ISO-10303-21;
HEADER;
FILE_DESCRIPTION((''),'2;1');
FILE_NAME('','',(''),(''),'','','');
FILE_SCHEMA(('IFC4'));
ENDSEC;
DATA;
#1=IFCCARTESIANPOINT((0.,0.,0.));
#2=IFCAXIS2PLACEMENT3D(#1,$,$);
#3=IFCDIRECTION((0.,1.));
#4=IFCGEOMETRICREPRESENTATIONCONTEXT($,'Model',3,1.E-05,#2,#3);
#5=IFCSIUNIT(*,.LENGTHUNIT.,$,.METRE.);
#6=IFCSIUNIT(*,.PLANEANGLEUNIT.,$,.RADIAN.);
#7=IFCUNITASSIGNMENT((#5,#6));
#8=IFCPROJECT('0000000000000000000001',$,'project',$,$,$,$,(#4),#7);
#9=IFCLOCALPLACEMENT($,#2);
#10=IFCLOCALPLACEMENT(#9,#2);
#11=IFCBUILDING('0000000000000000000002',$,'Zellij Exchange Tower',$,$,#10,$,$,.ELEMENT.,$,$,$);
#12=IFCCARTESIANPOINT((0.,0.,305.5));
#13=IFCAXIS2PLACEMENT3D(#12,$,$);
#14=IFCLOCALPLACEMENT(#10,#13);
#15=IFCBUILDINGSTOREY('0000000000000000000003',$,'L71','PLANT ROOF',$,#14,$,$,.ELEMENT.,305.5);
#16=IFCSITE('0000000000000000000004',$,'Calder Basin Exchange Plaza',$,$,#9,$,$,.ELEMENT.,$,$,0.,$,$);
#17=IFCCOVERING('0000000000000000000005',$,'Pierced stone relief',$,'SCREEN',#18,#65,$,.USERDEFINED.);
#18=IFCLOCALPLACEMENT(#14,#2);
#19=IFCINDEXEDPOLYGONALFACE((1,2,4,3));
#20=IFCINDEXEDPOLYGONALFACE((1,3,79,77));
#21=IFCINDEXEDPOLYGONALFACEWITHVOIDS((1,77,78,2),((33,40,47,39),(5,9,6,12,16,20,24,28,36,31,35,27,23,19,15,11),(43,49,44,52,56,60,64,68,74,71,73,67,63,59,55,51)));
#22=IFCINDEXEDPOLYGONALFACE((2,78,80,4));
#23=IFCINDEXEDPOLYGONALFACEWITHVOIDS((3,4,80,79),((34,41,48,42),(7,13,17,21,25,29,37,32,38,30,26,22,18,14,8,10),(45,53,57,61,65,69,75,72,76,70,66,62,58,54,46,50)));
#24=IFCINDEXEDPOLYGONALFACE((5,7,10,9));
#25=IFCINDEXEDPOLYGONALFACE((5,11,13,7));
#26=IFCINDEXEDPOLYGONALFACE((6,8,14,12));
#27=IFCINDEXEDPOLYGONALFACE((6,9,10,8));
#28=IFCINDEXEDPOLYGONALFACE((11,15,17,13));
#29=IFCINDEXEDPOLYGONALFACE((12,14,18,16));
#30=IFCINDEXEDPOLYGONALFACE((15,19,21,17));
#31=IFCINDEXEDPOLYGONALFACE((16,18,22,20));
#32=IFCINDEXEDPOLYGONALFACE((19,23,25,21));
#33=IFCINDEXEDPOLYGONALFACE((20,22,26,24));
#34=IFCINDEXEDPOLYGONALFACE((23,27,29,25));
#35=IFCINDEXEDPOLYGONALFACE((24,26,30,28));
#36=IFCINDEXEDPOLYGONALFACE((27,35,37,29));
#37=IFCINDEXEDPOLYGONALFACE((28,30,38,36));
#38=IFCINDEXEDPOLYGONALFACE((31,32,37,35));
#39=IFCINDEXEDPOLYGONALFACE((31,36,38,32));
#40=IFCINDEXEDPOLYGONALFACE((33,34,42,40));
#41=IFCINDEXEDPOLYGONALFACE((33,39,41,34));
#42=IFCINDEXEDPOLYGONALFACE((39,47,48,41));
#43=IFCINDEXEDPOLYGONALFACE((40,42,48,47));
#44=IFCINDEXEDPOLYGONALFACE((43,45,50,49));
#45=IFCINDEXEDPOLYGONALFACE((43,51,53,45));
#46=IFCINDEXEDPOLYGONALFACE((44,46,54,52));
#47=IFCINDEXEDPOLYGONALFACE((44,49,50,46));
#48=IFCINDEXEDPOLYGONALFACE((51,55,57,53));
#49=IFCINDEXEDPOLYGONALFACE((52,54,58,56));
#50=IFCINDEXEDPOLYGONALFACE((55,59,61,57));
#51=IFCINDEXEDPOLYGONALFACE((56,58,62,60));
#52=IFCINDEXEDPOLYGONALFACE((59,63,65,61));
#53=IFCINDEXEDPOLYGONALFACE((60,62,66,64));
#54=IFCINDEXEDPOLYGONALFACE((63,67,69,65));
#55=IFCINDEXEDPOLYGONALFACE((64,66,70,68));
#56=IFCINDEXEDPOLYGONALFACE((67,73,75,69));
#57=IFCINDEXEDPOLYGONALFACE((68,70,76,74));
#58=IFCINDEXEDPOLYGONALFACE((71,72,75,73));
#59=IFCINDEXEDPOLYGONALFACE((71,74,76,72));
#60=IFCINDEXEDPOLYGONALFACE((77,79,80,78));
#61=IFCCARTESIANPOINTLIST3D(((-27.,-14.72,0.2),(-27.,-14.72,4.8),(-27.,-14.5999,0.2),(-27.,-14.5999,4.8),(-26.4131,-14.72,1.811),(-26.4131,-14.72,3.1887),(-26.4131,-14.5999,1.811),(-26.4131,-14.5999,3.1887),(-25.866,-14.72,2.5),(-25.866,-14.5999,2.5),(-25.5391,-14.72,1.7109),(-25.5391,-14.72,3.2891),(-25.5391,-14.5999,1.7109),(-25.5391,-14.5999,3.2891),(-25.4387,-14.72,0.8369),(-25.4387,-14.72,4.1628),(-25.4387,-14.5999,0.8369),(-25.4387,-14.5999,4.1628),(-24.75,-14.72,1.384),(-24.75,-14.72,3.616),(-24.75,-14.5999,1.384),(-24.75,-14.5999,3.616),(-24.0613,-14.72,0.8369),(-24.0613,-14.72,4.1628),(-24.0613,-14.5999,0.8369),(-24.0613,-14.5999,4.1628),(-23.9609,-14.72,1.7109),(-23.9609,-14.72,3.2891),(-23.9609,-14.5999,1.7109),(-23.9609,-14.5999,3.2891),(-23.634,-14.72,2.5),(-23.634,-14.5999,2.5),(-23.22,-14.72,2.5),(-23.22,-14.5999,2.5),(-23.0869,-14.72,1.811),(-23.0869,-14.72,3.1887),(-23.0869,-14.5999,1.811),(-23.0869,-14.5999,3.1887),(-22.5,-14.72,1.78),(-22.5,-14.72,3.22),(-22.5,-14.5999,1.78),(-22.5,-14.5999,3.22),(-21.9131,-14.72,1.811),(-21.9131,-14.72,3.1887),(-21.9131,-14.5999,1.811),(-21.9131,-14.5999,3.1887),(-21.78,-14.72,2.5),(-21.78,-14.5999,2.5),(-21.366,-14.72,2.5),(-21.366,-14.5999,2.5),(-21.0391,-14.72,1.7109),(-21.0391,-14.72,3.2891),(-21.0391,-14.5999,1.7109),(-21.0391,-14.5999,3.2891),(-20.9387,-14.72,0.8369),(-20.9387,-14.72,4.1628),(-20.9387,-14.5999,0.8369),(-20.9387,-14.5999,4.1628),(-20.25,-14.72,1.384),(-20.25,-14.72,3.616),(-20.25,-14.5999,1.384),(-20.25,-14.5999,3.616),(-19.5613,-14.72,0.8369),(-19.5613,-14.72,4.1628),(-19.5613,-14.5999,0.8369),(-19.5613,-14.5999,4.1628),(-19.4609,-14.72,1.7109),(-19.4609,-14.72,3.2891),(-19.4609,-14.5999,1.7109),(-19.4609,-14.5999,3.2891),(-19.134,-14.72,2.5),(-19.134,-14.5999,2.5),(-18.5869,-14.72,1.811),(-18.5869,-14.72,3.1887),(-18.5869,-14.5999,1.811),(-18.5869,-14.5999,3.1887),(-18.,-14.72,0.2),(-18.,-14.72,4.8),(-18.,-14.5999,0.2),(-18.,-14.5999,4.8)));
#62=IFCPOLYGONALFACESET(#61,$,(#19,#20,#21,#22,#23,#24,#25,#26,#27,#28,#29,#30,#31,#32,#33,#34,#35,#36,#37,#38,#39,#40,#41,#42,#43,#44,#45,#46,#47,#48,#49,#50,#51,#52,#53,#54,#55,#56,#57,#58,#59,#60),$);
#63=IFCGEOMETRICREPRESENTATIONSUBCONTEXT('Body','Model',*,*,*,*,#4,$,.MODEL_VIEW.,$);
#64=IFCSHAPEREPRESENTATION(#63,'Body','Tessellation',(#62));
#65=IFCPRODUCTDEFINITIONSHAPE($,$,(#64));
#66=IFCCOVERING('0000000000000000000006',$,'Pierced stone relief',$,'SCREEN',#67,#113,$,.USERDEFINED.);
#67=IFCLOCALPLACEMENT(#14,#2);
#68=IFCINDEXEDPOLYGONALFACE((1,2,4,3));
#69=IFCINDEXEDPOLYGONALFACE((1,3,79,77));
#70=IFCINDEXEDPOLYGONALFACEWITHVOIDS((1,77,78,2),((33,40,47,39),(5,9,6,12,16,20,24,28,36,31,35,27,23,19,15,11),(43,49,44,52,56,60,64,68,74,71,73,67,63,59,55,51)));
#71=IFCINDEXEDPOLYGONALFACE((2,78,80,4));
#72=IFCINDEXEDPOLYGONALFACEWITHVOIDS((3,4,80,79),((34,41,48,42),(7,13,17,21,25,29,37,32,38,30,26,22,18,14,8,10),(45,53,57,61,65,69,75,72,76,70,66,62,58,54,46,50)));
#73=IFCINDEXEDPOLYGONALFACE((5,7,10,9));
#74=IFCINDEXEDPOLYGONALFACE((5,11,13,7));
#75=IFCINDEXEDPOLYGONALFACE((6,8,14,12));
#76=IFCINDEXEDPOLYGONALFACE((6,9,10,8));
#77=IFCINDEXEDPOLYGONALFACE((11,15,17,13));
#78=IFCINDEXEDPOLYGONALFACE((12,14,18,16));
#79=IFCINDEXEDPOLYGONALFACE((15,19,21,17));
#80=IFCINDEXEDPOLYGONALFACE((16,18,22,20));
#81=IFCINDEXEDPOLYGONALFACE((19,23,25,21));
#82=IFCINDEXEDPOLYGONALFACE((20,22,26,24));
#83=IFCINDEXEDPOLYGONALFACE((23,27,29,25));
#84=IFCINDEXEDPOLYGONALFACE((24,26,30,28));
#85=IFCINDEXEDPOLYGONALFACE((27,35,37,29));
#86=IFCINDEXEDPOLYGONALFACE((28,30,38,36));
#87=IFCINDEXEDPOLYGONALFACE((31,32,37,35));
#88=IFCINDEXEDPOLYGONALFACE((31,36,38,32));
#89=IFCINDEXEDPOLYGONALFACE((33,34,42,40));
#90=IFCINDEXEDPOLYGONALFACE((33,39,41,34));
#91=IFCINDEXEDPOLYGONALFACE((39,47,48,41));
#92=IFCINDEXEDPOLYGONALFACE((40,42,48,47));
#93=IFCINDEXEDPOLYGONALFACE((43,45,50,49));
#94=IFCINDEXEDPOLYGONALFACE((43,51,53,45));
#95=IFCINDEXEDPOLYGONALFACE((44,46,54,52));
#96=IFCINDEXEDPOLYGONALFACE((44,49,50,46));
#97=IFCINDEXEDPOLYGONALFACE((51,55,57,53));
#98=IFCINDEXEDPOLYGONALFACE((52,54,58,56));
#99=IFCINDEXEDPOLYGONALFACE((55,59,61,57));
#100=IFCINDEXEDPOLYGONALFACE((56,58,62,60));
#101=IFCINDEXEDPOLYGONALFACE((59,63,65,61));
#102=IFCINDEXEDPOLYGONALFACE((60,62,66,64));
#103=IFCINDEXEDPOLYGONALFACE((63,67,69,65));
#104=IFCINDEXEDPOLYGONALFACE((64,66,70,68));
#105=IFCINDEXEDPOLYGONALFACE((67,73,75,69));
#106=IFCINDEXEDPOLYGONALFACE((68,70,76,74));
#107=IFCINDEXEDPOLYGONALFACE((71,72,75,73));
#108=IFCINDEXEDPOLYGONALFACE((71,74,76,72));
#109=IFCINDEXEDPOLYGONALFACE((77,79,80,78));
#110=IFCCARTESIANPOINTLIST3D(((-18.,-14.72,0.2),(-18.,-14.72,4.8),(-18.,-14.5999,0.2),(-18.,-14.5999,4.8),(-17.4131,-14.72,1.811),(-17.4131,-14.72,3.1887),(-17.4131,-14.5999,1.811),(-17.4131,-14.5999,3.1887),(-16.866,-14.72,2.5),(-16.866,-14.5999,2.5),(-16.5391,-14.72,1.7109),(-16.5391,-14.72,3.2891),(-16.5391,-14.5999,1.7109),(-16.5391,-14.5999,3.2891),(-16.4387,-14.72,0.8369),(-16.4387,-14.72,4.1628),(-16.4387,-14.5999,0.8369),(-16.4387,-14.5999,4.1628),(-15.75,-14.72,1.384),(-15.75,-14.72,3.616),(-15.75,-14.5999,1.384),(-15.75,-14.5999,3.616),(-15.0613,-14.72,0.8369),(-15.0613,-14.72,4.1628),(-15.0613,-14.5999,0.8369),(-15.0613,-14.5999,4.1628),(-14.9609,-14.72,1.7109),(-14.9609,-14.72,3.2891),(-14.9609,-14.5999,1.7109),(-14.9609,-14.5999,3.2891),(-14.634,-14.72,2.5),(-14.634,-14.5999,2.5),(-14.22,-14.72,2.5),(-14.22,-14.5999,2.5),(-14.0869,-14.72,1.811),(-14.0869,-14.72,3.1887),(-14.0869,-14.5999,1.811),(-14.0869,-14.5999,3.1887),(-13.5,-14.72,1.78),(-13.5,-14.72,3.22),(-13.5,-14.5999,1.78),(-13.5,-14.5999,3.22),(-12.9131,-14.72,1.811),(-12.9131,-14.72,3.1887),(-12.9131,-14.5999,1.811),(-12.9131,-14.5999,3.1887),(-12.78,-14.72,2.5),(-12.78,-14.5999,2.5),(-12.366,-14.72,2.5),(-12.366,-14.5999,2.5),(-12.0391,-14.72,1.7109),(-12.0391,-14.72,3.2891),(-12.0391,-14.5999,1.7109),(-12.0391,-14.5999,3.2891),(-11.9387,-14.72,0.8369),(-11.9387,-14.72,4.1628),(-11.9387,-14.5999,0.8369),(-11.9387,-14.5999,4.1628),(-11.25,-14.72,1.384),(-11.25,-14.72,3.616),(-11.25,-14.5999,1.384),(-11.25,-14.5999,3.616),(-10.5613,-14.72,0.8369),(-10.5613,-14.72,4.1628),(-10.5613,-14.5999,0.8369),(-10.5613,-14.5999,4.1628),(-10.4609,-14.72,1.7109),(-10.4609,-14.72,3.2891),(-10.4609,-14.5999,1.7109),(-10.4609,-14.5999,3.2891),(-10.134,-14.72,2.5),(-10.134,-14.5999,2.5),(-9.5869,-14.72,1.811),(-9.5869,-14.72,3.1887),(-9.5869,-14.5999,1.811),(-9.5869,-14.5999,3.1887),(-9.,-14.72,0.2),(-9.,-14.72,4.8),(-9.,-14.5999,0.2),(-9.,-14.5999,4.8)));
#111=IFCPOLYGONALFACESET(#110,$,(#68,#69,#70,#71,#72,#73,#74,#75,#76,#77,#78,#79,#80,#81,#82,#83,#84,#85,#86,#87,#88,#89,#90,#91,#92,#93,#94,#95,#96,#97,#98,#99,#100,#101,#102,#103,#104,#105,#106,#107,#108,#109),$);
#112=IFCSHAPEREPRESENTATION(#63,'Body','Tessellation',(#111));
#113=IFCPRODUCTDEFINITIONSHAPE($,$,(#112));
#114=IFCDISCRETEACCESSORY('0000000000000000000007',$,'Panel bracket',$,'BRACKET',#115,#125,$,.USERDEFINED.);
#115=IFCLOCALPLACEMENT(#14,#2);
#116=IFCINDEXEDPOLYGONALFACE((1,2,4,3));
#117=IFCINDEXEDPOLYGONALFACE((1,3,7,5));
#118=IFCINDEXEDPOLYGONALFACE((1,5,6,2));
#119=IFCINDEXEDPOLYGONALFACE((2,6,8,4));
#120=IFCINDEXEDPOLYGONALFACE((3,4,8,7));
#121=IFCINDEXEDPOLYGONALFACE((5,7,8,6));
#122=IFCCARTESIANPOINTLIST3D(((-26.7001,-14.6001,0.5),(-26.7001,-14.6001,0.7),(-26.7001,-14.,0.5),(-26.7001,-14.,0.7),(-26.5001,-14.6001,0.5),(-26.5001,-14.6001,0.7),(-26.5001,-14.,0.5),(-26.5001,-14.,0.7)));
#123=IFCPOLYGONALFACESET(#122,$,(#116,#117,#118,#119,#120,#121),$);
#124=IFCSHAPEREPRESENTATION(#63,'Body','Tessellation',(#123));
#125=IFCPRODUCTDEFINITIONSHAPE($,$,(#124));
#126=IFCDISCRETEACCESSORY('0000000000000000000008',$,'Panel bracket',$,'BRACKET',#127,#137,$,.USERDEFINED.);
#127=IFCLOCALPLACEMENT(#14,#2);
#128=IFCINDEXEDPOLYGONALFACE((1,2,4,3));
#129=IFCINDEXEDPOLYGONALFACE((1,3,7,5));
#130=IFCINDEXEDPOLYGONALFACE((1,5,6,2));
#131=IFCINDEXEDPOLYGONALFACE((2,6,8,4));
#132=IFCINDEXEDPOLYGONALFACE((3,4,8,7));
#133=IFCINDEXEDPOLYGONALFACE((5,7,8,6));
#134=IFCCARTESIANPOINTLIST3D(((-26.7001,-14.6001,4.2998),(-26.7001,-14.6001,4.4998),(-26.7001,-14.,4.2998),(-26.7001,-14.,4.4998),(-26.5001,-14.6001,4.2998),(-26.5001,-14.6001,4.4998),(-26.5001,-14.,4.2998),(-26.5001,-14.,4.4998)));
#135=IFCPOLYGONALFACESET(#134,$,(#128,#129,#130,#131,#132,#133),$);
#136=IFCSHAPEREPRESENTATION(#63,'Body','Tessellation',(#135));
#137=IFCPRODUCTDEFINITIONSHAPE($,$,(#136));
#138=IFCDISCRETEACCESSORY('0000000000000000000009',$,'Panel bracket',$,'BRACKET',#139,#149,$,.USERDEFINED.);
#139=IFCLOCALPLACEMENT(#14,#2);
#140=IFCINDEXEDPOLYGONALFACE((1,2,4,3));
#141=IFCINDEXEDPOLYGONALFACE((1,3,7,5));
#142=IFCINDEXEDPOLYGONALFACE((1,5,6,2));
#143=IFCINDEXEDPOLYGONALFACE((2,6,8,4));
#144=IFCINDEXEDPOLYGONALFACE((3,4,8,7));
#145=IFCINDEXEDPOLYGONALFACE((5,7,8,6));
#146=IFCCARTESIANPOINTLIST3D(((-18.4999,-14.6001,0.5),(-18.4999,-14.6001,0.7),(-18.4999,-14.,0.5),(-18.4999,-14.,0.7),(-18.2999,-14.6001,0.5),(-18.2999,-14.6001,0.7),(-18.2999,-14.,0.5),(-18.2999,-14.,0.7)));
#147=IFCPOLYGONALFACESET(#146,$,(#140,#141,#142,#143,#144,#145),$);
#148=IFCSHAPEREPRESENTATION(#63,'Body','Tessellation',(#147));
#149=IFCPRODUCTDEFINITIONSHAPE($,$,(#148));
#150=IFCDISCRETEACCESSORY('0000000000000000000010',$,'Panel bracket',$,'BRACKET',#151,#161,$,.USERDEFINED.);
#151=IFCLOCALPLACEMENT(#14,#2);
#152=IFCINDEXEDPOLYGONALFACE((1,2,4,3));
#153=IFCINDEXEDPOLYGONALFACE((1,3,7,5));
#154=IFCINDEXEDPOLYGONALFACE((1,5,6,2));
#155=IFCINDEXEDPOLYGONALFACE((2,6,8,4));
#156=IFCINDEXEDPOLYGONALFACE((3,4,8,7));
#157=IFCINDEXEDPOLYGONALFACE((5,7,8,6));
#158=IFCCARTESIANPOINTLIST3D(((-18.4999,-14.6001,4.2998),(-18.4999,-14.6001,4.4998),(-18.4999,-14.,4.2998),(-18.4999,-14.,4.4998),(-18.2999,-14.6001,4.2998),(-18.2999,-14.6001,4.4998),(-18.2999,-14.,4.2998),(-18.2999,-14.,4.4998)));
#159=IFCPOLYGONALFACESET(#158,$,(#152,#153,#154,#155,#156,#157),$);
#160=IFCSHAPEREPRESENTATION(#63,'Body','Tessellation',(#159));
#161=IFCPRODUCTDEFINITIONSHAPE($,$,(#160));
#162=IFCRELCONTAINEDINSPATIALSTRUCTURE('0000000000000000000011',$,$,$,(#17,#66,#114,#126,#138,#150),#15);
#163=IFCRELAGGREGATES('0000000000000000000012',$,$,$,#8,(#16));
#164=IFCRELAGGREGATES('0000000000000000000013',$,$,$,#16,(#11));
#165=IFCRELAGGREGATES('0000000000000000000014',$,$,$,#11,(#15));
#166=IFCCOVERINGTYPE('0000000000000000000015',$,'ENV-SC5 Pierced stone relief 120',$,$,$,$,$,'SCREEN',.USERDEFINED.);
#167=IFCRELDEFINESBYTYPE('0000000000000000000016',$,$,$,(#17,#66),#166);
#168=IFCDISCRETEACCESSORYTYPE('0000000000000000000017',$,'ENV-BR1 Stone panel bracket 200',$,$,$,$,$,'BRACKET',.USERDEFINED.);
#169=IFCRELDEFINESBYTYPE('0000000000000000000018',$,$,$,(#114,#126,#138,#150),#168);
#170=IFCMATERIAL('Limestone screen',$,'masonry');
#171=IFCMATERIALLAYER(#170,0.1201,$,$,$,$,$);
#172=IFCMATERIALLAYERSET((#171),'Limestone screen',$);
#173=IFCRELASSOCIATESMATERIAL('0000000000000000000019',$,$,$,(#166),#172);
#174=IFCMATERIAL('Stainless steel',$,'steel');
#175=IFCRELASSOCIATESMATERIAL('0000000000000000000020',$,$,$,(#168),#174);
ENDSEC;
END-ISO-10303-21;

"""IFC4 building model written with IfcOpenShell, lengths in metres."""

from ifc_helpers import new_model, si_unit, direction, frame, origin, origin_2d, place, context, subcontext, project, spatial, polyline, rectangle, outline, extrude, material, layer, layer_set, type_object, element, save


model = new_model("IFC4")

# Units and contexts
model_context = context("Model", 3, precision=1e-05, world=origin(), true_north=direction((0.0, 1.0)))
body_context = subcontext(model_context, "Body", "Model", "MODEL_VIEW")
ifc_project = project(units=[si_unit("LENGTHUNIT", "METRE"), si_unit("PLANEANGLEUNIT", "RADIAN")], contexts=[model_context])

# Site, building, storey
site_placement = place(None, origin())
site = spatial("IfcSite", under=ifc_project, at=site_placement, Name="Calder Basin Exchange Plaza", CompositionType="ELEMENT", RefElevation=0.0)
building_placement = place(site_placement, origin())
building = spatial("IfcBuilding", under=site, at=building_placement, Name="Zellij Exchange Tower", CompositionType="ELEMENT")
storey_placement = place(building_placement, frame((0.0, 0.0, 305.5)))
storey = spatial("IfcBuildingStorey", under=building, at=storey_placement, Name="L71", Description="PLANT ROOF", CompositionType="ELEMENT", Elevation=305.5)

# Shared definitions
ifc_material_1 = material(Name="Stainless steel", Category="steel")

# Coverings
ifc_material_2 = material(Name="Limestone screen", Category="masonry")
ifc_layer_1 = layer(ifc_material_2, 0.1201)
ifc_layer_set_1 = layer_set([ifc_layer_1], Name="Limestone screen")
covering_type_1 = type_object("IfcCoveringType", Name="ENV-SC5 Pierced stone relief 120", ElementType="SCREEN", PredefinedType="USERDEFINED", material=ifc_layer_set_1)
for number, where, z_axis, x_axis, name in (
    (1, (-27.0, -14.6599, 0.2), (0.0, 0.0, 1.0), (1.0, 0.0, 0.0), "Pierced stone relief"),
    (2, (-18.0, -14.6599, 0.2), (0.0, 0.0, 1.0), (1.0, 0.0, 0.0), "Pierced stone relief"),
):
    element("IfcCovering", number, at=place(storey_placement, frame(where, z_axis=z_axis, x_axis=x_axis)), inside=storey, type_object=covering_type_1, Name=name, ObjectType="SCREEN", PredefinedType="USERDEFINED", context=body_context, shape_type="SweptSolid", body=[
        extrude(outline(polyline([(0.0, 0.0), (9.0, 0.0), (9.0, 4.6001), (0.0, 4.6001), (0.0, 0.0)]), holes=[polyline([(3.9131, 2.9888), (3.0391, 3.0891), (2.9387, 3.9629), (2.25, 3.416), (1.5613, 3.9629), (1.4609, 3.0891), (0.5869, 2.9888), (1.134, 2.3), (0.5869, 1.6111), (1.4609, 1.511), (1.5613, 0.637), (2.25, 1.1841), (2.9387, 0.637), (3.0391, 1.511), (3.9131, 1.6111), (3.366, 2.3), (3.9131, 2.9888)]), polyline([(8.4131, 2.9888), (7.5391, 3.0891), (7.4387, 3.9629), (6.75, 3.416), (6.0613, 3.9629), (5.9609, 3.0891), (5.0869, 2.9888), (5.634, 2.3), (5.0869, 1.6111), (5.9609, 1.511), (6.0613, 0.637), (6.75, 1.1841), (7.4387, 0.637), (7.5391, 1.511), (8.4131, 1.6111), (7.866, 2.3), (8.4131, 2.9888)]), polyline([(5.22, 2.3), (4.5, 3.02), (3.78, 2.3), (4.5, 1.5801), (5.22, 2.3)])]), frame((0.0, 0.0601, 0.0), z_axis=(0.0, -1.0, 0.0), x_axis=(1.0, 0.0, 0.0)), (0.0, 0.0, 1.0), 0.1201),
    ])

# Discrete accessories
discrete_accessory_type = type_object("IfcDiscreteAccessoryType", Name="ENV-BR1 Stone panel bracket 200", ElementType="BRACKET", PredefinedType="USERDEFINED", material=ifc_material_1)
for number, where, z_axis, x_axis, name in (
    (3, (-26.6001, -14.3, 0.5), (0.0, 0.0, 1.0), (1.0, 0.0, 0.0), "Panel bracket"),
    (4, (-26.6001, -14.3, 4.2998), (0.0, 0.0, 1.0), (1.0, 0.0, 0.0), "Panel bracket"),
    (5, (-18.3999, -14.3, 0.5), (0.0, 0.0, 1.0), (1.0, 0.0, 0.0), "Panel bracket"),
    (6, (-18.3999, -14.3, 4.2998), (0.0, 0.0, 1.0), (1.0, 0.0, 0.0), "Panel bracket"),
):
    element("IfcDiscreteAccessory", number, at=place(storey_placement, frame(where, z_axis=z_axis, x_axis=x_axis)), inside=storey, type_object=discrete_accessory_type, Name=name, ObjectType="BRACKET", PredefinedType="USERDEFINED", context=body_context, shape_type="SweptSolid", body=[
        extrude(rectangle(XDim=0.2, YDim=0.6001, at=origin_2d()), origin(), (0.0, 0.0, 1.0), 0.2),
    ])

save(model, "model.ifc")
